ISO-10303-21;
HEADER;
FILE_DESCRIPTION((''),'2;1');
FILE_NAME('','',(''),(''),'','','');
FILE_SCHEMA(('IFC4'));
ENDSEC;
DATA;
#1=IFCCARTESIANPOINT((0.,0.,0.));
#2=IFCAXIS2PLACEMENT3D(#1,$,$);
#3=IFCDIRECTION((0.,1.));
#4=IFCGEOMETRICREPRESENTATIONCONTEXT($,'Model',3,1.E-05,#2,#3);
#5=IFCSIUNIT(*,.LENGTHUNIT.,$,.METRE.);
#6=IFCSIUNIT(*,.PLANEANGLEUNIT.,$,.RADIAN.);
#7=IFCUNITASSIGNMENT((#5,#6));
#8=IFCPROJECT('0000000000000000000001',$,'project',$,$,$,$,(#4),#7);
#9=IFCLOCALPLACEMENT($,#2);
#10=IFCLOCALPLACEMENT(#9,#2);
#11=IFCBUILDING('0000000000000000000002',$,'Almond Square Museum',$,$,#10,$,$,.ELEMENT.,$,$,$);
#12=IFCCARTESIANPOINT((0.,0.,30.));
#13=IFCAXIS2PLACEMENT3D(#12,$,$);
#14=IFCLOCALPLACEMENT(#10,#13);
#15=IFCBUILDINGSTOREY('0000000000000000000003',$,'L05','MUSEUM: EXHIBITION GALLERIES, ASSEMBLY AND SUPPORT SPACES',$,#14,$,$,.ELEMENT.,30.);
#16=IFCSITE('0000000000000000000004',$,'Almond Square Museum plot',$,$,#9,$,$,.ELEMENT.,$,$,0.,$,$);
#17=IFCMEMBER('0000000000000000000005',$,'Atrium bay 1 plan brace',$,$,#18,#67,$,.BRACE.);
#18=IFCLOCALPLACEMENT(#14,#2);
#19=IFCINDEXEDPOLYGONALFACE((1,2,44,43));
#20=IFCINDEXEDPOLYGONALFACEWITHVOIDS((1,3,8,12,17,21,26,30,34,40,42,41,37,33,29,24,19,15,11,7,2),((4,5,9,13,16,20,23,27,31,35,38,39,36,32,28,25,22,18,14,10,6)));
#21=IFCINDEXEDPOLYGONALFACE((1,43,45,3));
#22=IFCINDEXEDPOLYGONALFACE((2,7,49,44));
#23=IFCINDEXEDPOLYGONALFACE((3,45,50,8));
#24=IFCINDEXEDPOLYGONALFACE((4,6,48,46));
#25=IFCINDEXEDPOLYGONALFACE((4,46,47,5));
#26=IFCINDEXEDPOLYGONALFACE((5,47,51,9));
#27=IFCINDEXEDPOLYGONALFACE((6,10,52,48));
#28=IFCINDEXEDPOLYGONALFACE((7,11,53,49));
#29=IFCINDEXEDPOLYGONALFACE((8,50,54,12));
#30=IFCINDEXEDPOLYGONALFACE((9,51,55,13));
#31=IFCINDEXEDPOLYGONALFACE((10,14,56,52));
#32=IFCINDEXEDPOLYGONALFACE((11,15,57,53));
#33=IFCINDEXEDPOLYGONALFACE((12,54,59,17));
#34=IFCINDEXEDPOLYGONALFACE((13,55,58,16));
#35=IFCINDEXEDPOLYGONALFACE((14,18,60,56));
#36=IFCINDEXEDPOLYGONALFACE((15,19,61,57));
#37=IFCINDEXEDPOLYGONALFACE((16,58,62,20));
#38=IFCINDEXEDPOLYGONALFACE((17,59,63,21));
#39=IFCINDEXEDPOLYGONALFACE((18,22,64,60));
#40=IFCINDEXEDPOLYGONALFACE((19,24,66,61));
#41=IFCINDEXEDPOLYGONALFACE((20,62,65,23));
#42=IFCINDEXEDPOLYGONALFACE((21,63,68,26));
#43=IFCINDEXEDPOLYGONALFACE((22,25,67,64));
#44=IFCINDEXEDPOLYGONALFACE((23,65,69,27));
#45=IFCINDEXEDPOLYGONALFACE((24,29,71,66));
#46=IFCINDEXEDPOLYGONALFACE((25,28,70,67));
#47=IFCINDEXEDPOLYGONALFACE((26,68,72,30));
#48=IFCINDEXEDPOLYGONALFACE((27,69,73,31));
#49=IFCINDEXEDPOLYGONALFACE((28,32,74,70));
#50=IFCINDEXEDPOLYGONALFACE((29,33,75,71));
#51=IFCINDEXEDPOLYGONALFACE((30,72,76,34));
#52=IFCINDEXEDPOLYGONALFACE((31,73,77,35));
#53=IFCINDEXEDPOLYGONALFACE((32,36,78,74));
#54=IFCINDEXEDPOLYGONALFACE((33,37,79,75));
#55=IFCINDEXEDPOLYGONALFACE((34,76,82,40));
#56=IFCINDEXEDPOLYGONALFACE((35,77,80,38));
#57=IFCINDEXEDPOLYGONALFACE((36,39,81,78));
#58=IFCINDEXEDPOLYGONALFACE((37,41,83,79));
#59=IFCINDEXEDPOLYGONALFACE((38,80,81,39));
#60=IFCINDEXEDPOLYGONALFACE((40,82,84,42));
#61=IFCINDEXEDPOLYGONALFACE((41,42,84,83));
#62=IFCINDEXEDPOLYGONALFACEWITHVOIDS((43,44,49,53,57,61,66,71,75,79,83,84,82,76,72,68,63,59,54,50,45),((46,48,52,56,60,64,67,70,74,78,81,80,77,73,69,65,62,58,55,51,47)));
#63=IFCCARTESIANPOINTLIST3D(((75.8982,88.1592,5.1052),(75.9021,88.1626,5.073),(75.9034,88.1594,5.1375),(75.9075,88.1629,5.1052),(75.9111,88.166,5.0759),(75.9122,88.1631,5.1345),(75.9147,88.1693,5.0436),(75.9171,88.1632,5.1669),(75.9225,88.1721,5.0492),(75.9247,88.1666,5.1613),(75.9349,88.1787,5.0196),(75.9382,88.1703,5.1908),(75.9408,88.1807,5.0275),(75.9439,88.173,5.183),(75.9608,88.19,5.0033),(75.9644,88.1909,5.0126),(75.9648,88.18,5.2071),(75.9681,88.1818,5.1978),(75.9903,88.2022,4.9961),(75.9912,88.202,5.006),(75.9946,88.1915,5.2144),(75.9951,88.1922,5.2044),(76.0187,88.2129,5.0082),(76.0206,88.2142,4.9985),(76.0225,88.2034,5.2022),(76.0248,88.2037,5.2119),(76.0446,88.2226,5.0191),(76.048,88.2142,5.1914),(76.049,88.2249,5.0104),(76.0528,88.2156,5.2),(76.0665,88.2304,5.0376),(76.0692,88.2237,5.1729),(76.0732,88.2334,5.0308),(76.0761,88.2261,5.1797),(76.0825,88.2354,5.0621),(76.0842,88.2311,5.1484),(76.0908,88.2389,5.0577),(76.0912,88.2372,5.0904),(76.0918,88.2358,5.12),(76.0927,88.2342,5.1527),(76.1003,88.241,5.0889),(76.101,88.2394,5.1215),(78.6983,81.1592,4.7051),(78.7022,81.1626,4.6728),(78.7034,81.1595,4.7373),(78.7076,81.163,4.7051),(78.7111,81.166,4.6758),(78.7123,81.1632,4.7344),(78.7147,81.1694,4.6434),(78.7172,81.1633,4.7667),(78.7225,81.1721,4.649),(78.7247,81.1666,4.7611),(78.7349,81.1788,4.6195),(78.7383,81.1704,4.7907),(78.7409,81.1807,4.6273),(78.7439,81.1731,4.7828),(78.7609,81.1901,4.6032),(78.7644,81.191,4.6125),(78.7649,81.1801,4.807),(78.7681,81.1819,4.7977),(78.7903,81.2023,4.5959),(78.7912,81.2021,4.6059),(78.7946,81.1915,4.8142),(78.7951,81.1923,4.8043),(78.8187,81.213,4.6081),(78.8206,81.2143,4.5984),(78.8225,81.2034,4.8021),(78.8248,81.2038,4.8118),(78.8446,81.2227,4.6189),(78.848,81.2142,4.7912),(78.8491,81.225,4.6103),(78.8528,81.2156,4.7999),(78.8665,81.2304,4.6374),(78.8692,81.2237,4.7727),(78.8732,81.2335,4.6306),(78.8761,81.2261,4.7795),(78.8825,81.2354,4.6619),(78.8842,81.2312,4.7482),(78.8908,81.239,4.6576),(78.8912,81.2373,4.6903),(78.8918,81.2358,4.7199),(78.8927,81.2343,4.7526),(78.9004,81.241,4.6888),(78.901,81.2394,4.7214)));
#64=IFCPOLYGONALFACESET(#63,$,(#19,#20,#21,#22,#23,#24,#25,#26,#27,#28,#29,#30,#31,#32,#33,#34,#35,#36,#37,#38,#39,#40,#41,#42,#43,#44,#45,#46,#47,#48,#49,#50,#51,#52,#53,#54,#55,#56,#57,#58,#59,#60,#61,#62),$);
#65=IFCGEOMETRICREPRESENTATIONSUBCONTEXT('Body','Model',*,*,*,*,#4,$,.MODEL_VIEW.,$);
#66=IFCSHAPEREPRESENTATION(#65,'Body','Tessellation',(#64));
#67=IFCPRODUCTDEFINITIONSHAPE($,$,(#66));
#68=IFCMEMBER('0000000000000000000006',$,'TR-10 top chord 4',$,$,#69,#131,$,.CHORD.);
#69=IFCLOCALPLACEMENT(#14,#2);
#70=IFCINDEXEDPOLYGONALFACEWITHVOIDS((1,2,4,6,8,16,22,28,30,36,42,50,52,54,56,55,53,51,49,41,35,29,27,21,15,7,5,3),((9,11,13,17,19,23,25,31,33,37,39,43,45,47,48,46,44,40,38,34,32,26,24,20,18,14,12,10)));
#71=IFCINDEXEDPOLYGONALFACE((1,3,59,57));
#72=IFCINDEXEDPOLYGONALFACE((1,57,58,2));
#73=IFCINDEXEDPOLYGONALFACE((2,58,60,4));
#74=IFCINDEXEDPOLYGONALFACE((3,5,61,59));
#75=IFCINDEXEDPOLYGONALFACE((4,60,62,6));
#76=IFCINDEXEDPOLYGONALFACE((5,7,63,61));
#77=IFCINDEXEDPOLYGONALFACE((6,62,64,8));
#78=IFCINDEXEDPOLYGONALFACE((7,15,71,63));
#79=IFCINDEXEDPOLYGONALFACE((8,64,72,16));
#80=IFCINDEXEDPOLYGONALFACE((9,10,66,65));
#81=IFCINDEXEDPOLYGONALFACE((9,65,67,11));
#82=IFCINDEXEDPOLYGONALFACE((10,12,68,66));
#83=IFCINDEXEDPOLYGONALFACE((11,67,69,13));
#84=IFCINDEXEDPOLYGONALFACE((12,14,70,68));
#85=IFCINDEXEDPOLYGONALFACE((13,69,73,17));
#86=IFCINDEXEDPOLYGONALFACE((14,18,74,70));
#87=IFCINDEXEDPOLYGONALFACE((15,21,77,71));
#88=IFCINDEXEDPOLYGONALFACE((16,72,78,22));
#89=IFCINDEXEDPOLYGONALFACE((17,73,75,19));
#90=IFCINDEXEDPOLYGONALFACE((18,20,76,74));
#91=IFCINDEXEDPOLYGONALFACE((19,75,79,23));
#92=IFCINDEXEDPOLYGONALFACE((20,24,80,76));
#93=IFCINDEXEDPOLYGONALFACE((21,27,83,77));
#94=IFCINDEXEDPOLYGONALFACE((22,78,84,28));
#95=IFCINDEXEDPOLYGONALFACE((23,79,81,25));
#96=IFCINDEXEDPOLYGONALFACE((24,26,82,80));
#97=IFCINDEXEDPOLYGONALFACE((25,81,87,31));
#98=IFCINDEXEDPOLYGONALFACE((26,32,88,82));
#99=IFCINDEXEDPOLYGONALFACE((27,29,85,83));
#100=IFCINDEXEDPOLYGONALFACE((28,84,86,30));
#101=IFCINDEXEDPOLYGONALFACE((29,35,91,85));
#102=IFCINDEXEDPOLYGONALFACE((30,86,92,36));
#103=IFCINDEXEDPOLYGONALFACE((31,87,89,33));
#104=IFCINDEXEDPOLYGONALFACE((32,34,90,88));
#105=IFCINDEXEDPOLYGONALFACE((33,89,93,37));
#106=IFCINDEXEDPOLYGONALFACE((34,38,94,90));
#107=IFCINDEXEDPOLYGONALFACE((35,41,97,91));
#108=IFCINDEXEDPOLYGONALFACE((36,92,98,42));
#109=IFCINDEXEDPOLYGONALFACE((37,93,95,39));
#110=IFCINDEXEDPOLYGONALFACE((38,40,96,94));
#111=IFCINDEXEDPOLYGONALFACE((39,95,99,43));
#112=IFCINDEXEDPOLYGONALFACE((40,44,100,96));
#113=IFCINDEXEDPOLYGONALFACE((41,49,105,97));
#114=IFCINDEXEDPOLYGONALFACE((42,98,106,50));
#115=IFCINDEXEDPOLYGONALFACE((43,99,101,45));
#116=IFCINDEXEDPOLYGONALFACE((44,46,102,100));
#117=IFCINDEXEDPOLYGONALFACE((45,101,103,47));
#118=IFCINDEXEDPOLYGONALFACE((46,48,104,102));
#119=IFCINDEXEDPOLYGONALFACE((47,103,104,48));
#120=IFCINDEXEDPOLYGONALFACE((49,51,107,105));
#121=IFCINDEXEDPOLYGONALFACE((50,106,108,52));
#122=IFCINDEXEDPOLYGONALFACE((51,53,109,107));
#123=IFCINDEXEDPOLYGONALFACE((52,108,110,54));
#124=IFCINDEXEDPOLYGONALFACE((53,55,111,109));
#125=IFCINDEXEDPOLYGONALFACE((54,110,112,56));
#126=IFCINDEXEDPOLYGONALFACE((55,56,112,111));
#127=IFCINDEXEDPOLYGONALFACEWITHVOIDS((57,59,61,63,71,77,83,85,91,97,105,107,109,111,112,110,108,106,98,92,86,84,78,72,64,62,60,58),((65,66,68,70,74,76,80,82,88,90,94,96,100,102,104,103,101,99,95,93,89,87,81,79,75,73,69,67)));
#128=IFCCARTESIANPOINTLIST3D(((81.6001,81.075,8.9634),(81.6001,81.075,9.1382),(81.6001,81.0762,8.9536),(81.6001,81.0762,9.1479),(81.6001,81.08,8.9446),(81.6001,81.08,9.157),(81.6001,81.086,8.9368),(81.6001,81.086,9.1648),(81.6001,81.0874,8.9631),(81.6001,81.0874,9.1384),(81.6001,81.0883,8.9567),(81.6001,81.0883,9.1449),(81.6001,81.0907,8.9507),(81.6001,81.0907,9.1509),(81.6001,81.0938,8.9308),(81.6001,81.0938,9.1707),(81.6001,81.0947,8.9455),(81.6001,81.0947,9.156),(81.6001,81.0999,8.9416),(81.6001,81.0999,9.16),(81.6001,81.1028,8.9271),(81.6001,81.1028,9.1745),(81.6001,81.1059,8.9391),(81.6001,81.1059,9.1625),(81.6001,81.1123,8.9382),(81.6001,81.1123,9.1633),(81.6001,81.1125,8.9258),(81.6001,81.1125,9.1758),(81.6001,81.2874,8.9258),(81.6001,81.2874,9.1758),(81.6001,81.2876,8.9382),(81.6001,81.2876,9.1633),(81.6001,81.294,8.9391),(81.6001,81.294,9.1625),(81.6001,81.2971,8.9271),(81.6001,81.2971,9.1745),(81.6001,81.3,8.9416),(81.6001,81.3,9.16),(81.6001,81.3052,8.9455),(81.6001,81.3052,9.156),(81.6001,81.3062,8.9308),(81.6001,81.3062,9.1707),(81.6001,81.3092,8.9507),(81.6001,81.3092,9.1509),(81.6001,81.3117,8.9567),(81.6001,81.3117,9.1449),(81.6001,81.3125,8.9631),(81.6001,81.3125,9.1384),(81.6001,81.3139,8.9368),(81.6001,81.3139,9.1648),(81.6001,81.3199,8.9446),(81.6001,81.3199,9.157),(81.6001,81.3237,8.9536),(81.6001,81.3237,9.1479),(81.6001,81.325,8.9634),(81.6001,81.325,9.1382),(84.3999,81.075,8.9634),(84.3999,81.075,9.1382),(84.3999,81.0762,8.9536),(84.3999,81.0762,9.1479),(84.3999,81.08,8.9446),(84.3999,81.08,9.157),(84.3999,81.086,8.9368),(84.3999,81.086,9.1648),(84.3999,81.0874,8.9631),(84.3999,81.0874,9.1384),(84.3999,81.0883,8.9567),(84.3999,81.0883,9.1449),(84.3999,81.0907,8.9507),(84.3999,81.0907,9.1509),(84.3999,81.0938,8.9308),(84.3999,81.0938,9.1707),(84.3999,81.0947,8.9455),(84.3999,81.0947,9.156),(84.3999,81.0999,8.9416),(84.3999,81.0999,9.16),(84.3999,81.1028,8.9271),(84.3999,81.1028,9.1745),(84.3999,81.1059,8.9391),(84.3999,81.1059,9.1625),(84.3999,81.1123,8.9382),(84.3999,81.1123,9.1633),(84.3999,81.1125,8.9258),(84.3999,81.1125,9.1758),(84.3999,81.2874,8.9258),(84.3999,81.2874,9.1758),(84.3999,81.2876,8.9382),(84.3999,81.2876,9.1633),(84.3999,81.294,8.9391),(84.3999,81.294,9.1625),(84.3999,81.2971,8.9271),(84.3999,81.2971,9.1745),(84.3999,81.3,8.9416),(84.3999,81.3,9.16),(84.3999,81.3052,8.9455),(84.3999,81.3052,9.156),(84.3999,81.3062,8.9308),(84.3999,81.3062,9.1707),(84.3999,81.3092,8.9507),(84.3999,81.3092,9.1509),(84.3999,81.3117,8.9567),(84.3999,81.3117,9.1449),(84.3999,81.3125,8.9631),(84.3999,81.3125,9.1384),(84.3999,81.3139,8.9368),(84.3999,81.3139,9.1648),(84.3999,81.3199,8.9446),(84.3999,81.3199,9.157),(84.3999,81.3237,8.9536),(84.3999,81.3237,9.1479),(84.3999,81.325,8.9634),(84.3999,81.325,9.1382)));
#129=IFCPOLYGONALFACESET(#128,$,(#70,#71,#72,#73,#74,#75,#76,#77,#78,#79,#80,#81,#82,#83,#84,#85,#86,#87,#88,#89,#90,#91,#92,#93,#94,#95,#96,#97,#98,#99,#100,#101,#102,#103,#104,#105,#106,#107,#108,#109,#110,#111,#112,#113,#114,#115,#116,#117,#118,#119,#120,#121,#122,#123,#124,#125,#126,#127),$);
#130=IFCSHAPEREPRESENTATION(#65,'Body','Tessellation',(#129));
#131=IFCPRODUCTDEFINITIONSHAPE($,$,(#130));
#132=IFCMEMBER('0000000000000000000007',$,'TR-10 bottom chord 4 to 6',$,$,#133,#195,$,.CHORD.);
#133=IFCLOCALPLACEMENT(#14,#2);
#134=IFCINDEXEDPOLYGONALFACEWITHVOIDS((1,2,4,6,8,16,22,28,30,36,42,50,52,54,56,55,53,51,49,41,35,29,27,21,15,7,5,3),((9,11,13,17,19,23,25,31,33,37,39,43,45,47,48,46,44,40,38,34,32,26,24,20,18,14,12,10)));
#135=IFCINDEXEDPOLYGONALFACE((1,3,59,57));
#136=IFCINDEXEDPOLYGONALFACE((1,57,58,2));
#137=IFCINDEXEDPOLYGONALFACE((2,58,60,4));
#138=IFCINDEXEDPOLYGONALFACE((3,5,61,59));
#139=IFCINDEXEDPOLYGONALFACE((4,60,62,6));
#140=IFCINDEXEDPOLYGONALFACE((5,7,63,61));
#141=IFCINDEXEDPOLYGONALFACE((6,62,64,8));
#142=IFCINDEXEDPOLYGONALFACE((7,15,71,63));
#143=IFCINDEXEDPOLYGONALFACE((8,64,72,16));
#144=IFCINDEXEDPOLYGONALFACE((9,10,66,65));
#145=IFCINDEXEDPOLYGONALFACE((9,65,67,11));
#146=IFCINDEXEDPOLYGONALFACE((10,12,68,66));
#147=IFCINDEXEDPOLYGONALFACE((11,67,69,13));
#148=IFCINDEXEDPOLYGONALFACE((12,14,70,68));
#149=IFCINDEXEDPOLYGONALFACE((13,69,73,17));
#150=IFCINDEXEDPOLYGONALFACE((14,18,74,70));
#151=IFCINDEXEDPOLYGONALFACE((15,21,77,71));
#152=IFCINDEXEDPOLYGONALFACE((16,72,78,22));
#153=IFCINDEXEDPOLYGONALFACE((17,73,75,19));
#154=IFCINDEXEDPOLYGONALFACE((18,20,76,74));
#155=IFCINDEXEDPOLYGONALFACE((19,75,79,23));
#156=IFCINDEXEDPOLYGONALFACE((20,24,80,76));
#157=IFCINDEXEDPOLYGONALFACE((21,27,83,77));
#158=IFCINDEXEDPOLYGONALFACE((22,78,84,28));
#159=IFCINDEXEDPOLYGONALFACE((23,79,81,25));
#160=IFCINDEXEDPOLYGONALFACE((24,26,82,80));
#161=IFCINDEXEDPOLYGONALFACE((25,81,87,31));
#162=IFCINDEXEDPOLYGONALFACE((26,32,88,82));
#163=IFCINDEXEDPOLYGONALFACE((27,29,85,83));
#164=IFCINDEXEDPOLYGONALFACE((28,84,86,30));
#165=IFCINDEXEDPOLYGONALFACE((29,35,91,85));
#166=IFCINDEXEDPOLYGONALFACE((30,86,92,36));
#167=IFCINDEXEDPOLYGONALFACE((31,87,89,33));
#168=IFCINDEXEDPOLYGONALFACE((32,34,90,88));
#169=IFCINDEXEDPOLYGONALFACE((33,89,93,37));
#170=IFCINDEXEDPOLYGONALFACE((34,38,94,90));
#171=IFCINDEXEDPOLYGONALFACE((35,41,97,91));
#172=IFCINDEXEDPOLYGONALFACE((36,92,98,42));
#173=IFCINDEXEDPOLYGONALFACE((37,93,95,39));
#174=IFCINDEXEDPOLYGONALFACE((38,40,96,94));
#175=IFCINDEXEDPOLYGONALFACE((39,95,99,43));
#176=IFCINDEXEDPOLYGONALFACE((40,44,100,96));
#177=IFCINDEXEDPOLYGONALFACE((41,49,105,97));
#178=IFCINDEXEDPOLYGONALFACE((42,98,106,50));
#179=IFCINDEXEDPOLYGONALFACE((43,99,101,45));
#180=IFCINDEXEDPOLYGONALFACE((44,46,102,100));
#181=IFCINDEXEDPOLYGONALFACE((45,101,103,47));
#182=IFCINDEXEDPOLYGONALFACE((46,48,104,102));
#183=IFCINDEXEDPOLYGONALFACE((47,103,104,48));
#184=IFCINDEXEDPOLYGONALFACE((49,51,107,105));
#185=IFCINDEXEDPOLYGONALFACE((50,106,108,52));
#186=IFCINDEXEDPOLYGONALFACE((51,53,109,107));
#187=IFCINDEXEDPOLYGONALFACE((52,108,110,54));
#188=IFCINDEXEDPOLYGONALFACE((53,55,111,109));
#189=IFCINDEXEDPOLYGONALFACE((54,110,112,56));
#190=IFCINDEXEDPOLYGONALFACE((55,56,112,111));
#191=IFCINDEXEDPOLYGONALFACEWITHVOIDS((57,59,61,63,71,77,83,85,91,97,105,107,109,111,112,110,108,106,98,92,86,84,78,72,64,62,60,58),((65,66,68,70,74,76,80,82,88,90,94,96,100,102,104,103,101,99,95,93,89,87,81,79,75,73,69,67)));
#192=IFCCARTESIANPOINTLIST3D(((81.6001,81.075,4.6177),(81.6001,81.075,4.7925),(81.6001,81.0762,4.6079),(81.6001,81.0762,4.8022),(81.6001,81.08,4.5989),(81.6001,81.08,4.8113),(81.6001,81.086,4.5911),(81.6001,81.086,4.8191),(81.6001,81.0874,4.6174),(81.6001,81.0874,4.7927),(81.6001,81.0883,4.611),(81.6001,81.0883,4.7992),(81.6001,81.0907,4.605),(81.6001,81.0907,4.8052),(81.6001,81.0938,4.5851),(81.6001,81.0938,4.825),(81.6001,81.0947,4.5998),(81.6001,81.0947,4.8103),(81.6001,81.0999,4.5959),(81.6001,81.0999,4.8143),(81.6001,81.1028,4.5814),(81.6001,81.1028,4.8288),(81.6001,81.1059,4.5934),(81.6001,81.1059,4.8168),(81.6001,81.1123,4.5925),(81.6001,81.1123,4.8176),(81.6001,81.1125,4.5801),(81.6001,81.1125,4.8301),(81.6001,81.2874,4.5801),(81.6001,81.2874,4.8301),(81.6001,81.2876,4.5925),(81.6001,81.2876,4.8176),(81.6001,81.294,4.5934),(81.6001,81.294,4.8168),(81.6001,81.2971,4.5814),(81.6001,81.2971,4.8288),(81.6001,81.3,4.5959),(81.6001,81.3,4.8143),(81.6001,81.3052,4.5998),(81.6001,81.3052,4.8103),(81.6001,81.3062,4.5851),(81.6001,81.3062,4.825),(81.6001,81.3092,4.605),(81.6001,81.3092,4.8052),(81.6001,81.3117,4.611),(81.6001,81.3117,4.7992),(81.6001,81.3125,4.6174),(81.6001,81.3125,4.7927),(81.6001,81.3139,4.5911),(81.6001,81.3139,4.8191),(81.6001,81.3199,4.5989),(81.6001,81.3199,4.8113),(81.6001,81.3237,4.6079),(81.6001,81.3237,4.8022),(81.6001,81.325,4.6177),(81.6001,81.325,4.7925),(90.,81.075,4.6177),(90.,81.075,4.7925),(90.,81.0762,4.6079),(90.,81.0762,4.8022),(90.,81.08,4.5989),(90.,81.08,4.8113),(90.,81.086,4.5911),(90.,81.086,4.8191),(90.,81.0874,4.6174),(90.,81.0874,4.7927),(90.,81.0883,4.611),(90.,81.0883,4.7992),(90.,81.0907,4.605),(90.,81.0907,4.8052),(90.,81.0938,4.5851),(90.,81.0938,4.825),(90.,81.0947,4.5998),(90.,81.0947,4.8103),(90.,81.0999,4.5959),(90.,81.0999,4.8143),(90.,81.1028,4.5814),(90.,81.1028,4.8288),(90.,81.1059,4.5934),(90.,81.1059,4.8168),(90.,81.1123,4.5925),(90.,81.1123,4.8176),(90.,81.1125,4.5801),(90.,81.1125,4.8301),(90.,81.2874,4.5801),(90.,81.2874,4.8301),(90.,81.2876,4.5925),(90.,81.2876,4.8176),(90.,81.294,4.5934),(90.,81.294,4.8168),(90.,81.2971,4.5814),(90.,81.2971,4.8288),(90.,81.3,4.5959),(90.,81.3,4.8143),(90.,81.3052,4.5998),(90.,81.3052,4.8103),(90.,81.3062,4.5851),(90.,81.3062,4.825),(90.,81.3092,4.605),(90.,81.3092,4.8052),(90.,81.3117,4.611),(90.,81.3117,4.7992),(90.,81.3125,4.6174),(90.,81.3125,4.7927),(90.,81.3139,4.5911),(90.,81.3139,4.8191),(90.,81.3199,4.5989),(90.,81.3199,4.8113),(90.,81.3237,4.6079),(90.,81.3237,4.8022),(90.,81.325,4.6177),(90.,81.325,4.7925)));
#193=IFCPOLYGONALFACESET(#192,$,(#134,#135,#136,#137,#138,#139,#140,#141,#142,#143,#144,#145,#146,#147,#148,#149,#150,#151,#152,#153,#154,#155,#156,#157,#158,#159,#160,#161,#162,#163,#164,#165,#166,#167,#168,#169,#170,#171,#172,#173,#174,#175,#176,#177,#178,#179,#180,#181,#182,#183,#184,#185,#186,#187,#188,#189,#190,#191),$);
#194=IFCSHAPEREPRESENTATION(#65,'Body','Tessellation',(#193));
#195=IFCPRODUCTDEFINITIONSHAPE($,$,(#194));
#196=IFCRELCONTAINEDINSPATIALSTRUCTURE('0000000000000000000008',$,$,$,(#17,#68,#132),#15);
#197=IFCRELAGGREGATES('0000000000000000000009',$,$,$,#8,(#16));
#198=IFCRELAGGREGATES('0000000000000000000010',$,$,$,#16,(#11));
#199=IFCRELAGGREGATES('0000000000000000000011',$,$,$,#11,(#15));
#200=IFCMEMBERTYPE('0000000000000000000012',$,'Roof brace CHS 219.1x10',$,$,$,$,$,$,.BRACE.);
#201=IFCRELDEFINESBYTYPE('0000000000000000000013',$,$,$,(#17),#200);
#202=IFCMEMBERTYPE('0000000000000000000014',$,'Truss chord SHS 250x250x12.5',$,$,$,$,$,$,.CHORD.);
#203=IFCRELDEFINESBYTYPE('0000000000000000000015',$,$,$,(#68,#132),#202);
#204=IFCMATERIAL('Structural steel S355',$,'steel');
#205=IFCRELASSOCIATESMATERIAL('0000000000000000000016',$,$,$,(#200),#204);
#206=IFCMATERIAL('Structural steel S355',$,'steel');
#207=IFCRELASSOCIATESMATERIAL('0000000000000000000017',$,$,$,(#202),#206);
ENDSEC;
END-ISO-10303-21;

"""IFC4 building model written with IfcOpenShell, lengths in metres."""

from ifc_helpers import new_model, si_unit, direction, frame, origin, origin_2d, place, context, subcontext, project, spatial, hollow_rectangle, hollow_circle, extrude, material, material_profile, profile_set, type_object, element, save


model = new_model("IFC4")

# Units and contexts
model_context = context("Model", 3, precision=1e-05, world=origin(), true_north=direction((0.0, 1.0)))
body_context = subcontext(model_context, "Body", "Model", "MODEL_VIEW")
ifc_project = project(units=[si_unit("LENGTHUNIT", "METRE"), si_unit("PLANEANGLEUNIT", "RADIAN")], contexts=[model_context])

# Site, building, storey
site_placement = place(None, origin())
site = spatial("IfcSite", under=ifc_project, at=site_placement, Name="Almond Square Museum plot", CompositionType="ELEMENT", RefElevation=0.0)
building_placement = place(site_placement, origin())
building = spatial("IfcBuilding", under=site, at=building_placement, Name="Almond Square Museum", CompositionType="ELEMENT")
storey_placement = place(building_placement, frame((0.0, 0.0, 30.0)))
storey = spatial("IfcBuildingStorey", under=building, at=storey_placement, Name="L05", Description="MUSEUM: EXHIBITION GALLERIES, ASSEMBLY AND SUPPORT SPACES", CompositionType="ELEMENT", Elevation=30.0)

# Members
ifc_material_1 = material(Name="Structural steel S355", Category="steel")
ifc_material_profile_1 = material_profile(ifc_material_1, hollow_circle(Radius=0.1096, WallThickness=0.01, at=origin_2d()))
ifc_profile_set_1 = profile_set([ifc_material_profile_1], Name="Structural steel S355")
member_type_1 = type_object("IfcMemberType", Name="Roof brace CHS 219.1x10", PredefinedType="BRACE", material=ifc_profile_set_1)
member_1_placement = place(storey_placement, frame((78.8, 81.2, 4.7051), z_axis=(-0.370874, 0.927169, 0.053001), x_axis=(-0.928474, -0.371396, 0.0)))
element("IfcMember", 1, at=member_1_placement, inside=storey, type_object=member_type_1, Name="Atrium bay 1 plan brace", PredefinedType="BRACE", context=body_context, shape_type="SweptSolid", body=[
    extrude(hollow_circle(Radius=0.1096, WallThickness=0.01, at=origin_2d()), origin(), (0.0, 0.0, 1.0), 7.5498),
])
ifc_material_2 = material(Name="Structural steel S355", Category="steel")
ifc_material_profile_2 = material_profile(ifc_material_2, hollow_rectangle(XDim=0.25, YDim=0.25, WallThickness=0.0125, InnerFilletRadius=0.0249, OuterFilletRadius=0.0376, at=origin_2d()))
ifc_profile_set_2 = profile_set([ifc_material_profile_2], Name="Structural steel S355")
member_type_2 = type_object("IfcMemberType", Name="Truss chord SHS 250x250x12.5", PredefinedType="CHORD", material=ifc_profile_set_2)
member_2_placement = place(storey_placement, frame((81.6001, 81.2, 9.0508), z_axis=(1.0, 0.0, 0.0), x_axis=(0.0, 1.0, 0.0)))
element("IfcMember", 2, at=member_2_placement, inside=storey, type_object=member_type_2, Name="TR-10 top chord 4", PredefinedType="CHORD", context=body_context, shape_type="SweptSolid", body=[
    extrude(hollow_rectangle(XDim=0.25, YDim=0.25, WallThickness=0.0125, InnerFilletRadius=0.0249, OuterFilletRadius=0.0376, at=origin_2d()), origin(), (0.0, 0.0, 1.0), 2.7998),
])
member_3_placement = place(storey_placement, frame((81.6001, 81.2, 4.7051), z_axis=(1.0, 0.0, 0.0), x_axis=(0.0, 1.0, 0.0)))
element("IfcMember", 3, at=member_3_placement, inside=storey, type_object=member_type_2, Name="TR-10 bottom chord 4 to 6", PredefinedType="CHORD", context=body_context, shape_type="SweptSolid", body=[
    extrude(hollow_rectangle(XDim=0.25, YDim=0.25, WallThickness=0.0125, InnerFilletRadius=0.0249, OuterFilletRadius=0.0376, at=origin_2d()), origin(), (0.0, 0.0, 1.0), 8.3999),
])

save(model, "model.ifc")
